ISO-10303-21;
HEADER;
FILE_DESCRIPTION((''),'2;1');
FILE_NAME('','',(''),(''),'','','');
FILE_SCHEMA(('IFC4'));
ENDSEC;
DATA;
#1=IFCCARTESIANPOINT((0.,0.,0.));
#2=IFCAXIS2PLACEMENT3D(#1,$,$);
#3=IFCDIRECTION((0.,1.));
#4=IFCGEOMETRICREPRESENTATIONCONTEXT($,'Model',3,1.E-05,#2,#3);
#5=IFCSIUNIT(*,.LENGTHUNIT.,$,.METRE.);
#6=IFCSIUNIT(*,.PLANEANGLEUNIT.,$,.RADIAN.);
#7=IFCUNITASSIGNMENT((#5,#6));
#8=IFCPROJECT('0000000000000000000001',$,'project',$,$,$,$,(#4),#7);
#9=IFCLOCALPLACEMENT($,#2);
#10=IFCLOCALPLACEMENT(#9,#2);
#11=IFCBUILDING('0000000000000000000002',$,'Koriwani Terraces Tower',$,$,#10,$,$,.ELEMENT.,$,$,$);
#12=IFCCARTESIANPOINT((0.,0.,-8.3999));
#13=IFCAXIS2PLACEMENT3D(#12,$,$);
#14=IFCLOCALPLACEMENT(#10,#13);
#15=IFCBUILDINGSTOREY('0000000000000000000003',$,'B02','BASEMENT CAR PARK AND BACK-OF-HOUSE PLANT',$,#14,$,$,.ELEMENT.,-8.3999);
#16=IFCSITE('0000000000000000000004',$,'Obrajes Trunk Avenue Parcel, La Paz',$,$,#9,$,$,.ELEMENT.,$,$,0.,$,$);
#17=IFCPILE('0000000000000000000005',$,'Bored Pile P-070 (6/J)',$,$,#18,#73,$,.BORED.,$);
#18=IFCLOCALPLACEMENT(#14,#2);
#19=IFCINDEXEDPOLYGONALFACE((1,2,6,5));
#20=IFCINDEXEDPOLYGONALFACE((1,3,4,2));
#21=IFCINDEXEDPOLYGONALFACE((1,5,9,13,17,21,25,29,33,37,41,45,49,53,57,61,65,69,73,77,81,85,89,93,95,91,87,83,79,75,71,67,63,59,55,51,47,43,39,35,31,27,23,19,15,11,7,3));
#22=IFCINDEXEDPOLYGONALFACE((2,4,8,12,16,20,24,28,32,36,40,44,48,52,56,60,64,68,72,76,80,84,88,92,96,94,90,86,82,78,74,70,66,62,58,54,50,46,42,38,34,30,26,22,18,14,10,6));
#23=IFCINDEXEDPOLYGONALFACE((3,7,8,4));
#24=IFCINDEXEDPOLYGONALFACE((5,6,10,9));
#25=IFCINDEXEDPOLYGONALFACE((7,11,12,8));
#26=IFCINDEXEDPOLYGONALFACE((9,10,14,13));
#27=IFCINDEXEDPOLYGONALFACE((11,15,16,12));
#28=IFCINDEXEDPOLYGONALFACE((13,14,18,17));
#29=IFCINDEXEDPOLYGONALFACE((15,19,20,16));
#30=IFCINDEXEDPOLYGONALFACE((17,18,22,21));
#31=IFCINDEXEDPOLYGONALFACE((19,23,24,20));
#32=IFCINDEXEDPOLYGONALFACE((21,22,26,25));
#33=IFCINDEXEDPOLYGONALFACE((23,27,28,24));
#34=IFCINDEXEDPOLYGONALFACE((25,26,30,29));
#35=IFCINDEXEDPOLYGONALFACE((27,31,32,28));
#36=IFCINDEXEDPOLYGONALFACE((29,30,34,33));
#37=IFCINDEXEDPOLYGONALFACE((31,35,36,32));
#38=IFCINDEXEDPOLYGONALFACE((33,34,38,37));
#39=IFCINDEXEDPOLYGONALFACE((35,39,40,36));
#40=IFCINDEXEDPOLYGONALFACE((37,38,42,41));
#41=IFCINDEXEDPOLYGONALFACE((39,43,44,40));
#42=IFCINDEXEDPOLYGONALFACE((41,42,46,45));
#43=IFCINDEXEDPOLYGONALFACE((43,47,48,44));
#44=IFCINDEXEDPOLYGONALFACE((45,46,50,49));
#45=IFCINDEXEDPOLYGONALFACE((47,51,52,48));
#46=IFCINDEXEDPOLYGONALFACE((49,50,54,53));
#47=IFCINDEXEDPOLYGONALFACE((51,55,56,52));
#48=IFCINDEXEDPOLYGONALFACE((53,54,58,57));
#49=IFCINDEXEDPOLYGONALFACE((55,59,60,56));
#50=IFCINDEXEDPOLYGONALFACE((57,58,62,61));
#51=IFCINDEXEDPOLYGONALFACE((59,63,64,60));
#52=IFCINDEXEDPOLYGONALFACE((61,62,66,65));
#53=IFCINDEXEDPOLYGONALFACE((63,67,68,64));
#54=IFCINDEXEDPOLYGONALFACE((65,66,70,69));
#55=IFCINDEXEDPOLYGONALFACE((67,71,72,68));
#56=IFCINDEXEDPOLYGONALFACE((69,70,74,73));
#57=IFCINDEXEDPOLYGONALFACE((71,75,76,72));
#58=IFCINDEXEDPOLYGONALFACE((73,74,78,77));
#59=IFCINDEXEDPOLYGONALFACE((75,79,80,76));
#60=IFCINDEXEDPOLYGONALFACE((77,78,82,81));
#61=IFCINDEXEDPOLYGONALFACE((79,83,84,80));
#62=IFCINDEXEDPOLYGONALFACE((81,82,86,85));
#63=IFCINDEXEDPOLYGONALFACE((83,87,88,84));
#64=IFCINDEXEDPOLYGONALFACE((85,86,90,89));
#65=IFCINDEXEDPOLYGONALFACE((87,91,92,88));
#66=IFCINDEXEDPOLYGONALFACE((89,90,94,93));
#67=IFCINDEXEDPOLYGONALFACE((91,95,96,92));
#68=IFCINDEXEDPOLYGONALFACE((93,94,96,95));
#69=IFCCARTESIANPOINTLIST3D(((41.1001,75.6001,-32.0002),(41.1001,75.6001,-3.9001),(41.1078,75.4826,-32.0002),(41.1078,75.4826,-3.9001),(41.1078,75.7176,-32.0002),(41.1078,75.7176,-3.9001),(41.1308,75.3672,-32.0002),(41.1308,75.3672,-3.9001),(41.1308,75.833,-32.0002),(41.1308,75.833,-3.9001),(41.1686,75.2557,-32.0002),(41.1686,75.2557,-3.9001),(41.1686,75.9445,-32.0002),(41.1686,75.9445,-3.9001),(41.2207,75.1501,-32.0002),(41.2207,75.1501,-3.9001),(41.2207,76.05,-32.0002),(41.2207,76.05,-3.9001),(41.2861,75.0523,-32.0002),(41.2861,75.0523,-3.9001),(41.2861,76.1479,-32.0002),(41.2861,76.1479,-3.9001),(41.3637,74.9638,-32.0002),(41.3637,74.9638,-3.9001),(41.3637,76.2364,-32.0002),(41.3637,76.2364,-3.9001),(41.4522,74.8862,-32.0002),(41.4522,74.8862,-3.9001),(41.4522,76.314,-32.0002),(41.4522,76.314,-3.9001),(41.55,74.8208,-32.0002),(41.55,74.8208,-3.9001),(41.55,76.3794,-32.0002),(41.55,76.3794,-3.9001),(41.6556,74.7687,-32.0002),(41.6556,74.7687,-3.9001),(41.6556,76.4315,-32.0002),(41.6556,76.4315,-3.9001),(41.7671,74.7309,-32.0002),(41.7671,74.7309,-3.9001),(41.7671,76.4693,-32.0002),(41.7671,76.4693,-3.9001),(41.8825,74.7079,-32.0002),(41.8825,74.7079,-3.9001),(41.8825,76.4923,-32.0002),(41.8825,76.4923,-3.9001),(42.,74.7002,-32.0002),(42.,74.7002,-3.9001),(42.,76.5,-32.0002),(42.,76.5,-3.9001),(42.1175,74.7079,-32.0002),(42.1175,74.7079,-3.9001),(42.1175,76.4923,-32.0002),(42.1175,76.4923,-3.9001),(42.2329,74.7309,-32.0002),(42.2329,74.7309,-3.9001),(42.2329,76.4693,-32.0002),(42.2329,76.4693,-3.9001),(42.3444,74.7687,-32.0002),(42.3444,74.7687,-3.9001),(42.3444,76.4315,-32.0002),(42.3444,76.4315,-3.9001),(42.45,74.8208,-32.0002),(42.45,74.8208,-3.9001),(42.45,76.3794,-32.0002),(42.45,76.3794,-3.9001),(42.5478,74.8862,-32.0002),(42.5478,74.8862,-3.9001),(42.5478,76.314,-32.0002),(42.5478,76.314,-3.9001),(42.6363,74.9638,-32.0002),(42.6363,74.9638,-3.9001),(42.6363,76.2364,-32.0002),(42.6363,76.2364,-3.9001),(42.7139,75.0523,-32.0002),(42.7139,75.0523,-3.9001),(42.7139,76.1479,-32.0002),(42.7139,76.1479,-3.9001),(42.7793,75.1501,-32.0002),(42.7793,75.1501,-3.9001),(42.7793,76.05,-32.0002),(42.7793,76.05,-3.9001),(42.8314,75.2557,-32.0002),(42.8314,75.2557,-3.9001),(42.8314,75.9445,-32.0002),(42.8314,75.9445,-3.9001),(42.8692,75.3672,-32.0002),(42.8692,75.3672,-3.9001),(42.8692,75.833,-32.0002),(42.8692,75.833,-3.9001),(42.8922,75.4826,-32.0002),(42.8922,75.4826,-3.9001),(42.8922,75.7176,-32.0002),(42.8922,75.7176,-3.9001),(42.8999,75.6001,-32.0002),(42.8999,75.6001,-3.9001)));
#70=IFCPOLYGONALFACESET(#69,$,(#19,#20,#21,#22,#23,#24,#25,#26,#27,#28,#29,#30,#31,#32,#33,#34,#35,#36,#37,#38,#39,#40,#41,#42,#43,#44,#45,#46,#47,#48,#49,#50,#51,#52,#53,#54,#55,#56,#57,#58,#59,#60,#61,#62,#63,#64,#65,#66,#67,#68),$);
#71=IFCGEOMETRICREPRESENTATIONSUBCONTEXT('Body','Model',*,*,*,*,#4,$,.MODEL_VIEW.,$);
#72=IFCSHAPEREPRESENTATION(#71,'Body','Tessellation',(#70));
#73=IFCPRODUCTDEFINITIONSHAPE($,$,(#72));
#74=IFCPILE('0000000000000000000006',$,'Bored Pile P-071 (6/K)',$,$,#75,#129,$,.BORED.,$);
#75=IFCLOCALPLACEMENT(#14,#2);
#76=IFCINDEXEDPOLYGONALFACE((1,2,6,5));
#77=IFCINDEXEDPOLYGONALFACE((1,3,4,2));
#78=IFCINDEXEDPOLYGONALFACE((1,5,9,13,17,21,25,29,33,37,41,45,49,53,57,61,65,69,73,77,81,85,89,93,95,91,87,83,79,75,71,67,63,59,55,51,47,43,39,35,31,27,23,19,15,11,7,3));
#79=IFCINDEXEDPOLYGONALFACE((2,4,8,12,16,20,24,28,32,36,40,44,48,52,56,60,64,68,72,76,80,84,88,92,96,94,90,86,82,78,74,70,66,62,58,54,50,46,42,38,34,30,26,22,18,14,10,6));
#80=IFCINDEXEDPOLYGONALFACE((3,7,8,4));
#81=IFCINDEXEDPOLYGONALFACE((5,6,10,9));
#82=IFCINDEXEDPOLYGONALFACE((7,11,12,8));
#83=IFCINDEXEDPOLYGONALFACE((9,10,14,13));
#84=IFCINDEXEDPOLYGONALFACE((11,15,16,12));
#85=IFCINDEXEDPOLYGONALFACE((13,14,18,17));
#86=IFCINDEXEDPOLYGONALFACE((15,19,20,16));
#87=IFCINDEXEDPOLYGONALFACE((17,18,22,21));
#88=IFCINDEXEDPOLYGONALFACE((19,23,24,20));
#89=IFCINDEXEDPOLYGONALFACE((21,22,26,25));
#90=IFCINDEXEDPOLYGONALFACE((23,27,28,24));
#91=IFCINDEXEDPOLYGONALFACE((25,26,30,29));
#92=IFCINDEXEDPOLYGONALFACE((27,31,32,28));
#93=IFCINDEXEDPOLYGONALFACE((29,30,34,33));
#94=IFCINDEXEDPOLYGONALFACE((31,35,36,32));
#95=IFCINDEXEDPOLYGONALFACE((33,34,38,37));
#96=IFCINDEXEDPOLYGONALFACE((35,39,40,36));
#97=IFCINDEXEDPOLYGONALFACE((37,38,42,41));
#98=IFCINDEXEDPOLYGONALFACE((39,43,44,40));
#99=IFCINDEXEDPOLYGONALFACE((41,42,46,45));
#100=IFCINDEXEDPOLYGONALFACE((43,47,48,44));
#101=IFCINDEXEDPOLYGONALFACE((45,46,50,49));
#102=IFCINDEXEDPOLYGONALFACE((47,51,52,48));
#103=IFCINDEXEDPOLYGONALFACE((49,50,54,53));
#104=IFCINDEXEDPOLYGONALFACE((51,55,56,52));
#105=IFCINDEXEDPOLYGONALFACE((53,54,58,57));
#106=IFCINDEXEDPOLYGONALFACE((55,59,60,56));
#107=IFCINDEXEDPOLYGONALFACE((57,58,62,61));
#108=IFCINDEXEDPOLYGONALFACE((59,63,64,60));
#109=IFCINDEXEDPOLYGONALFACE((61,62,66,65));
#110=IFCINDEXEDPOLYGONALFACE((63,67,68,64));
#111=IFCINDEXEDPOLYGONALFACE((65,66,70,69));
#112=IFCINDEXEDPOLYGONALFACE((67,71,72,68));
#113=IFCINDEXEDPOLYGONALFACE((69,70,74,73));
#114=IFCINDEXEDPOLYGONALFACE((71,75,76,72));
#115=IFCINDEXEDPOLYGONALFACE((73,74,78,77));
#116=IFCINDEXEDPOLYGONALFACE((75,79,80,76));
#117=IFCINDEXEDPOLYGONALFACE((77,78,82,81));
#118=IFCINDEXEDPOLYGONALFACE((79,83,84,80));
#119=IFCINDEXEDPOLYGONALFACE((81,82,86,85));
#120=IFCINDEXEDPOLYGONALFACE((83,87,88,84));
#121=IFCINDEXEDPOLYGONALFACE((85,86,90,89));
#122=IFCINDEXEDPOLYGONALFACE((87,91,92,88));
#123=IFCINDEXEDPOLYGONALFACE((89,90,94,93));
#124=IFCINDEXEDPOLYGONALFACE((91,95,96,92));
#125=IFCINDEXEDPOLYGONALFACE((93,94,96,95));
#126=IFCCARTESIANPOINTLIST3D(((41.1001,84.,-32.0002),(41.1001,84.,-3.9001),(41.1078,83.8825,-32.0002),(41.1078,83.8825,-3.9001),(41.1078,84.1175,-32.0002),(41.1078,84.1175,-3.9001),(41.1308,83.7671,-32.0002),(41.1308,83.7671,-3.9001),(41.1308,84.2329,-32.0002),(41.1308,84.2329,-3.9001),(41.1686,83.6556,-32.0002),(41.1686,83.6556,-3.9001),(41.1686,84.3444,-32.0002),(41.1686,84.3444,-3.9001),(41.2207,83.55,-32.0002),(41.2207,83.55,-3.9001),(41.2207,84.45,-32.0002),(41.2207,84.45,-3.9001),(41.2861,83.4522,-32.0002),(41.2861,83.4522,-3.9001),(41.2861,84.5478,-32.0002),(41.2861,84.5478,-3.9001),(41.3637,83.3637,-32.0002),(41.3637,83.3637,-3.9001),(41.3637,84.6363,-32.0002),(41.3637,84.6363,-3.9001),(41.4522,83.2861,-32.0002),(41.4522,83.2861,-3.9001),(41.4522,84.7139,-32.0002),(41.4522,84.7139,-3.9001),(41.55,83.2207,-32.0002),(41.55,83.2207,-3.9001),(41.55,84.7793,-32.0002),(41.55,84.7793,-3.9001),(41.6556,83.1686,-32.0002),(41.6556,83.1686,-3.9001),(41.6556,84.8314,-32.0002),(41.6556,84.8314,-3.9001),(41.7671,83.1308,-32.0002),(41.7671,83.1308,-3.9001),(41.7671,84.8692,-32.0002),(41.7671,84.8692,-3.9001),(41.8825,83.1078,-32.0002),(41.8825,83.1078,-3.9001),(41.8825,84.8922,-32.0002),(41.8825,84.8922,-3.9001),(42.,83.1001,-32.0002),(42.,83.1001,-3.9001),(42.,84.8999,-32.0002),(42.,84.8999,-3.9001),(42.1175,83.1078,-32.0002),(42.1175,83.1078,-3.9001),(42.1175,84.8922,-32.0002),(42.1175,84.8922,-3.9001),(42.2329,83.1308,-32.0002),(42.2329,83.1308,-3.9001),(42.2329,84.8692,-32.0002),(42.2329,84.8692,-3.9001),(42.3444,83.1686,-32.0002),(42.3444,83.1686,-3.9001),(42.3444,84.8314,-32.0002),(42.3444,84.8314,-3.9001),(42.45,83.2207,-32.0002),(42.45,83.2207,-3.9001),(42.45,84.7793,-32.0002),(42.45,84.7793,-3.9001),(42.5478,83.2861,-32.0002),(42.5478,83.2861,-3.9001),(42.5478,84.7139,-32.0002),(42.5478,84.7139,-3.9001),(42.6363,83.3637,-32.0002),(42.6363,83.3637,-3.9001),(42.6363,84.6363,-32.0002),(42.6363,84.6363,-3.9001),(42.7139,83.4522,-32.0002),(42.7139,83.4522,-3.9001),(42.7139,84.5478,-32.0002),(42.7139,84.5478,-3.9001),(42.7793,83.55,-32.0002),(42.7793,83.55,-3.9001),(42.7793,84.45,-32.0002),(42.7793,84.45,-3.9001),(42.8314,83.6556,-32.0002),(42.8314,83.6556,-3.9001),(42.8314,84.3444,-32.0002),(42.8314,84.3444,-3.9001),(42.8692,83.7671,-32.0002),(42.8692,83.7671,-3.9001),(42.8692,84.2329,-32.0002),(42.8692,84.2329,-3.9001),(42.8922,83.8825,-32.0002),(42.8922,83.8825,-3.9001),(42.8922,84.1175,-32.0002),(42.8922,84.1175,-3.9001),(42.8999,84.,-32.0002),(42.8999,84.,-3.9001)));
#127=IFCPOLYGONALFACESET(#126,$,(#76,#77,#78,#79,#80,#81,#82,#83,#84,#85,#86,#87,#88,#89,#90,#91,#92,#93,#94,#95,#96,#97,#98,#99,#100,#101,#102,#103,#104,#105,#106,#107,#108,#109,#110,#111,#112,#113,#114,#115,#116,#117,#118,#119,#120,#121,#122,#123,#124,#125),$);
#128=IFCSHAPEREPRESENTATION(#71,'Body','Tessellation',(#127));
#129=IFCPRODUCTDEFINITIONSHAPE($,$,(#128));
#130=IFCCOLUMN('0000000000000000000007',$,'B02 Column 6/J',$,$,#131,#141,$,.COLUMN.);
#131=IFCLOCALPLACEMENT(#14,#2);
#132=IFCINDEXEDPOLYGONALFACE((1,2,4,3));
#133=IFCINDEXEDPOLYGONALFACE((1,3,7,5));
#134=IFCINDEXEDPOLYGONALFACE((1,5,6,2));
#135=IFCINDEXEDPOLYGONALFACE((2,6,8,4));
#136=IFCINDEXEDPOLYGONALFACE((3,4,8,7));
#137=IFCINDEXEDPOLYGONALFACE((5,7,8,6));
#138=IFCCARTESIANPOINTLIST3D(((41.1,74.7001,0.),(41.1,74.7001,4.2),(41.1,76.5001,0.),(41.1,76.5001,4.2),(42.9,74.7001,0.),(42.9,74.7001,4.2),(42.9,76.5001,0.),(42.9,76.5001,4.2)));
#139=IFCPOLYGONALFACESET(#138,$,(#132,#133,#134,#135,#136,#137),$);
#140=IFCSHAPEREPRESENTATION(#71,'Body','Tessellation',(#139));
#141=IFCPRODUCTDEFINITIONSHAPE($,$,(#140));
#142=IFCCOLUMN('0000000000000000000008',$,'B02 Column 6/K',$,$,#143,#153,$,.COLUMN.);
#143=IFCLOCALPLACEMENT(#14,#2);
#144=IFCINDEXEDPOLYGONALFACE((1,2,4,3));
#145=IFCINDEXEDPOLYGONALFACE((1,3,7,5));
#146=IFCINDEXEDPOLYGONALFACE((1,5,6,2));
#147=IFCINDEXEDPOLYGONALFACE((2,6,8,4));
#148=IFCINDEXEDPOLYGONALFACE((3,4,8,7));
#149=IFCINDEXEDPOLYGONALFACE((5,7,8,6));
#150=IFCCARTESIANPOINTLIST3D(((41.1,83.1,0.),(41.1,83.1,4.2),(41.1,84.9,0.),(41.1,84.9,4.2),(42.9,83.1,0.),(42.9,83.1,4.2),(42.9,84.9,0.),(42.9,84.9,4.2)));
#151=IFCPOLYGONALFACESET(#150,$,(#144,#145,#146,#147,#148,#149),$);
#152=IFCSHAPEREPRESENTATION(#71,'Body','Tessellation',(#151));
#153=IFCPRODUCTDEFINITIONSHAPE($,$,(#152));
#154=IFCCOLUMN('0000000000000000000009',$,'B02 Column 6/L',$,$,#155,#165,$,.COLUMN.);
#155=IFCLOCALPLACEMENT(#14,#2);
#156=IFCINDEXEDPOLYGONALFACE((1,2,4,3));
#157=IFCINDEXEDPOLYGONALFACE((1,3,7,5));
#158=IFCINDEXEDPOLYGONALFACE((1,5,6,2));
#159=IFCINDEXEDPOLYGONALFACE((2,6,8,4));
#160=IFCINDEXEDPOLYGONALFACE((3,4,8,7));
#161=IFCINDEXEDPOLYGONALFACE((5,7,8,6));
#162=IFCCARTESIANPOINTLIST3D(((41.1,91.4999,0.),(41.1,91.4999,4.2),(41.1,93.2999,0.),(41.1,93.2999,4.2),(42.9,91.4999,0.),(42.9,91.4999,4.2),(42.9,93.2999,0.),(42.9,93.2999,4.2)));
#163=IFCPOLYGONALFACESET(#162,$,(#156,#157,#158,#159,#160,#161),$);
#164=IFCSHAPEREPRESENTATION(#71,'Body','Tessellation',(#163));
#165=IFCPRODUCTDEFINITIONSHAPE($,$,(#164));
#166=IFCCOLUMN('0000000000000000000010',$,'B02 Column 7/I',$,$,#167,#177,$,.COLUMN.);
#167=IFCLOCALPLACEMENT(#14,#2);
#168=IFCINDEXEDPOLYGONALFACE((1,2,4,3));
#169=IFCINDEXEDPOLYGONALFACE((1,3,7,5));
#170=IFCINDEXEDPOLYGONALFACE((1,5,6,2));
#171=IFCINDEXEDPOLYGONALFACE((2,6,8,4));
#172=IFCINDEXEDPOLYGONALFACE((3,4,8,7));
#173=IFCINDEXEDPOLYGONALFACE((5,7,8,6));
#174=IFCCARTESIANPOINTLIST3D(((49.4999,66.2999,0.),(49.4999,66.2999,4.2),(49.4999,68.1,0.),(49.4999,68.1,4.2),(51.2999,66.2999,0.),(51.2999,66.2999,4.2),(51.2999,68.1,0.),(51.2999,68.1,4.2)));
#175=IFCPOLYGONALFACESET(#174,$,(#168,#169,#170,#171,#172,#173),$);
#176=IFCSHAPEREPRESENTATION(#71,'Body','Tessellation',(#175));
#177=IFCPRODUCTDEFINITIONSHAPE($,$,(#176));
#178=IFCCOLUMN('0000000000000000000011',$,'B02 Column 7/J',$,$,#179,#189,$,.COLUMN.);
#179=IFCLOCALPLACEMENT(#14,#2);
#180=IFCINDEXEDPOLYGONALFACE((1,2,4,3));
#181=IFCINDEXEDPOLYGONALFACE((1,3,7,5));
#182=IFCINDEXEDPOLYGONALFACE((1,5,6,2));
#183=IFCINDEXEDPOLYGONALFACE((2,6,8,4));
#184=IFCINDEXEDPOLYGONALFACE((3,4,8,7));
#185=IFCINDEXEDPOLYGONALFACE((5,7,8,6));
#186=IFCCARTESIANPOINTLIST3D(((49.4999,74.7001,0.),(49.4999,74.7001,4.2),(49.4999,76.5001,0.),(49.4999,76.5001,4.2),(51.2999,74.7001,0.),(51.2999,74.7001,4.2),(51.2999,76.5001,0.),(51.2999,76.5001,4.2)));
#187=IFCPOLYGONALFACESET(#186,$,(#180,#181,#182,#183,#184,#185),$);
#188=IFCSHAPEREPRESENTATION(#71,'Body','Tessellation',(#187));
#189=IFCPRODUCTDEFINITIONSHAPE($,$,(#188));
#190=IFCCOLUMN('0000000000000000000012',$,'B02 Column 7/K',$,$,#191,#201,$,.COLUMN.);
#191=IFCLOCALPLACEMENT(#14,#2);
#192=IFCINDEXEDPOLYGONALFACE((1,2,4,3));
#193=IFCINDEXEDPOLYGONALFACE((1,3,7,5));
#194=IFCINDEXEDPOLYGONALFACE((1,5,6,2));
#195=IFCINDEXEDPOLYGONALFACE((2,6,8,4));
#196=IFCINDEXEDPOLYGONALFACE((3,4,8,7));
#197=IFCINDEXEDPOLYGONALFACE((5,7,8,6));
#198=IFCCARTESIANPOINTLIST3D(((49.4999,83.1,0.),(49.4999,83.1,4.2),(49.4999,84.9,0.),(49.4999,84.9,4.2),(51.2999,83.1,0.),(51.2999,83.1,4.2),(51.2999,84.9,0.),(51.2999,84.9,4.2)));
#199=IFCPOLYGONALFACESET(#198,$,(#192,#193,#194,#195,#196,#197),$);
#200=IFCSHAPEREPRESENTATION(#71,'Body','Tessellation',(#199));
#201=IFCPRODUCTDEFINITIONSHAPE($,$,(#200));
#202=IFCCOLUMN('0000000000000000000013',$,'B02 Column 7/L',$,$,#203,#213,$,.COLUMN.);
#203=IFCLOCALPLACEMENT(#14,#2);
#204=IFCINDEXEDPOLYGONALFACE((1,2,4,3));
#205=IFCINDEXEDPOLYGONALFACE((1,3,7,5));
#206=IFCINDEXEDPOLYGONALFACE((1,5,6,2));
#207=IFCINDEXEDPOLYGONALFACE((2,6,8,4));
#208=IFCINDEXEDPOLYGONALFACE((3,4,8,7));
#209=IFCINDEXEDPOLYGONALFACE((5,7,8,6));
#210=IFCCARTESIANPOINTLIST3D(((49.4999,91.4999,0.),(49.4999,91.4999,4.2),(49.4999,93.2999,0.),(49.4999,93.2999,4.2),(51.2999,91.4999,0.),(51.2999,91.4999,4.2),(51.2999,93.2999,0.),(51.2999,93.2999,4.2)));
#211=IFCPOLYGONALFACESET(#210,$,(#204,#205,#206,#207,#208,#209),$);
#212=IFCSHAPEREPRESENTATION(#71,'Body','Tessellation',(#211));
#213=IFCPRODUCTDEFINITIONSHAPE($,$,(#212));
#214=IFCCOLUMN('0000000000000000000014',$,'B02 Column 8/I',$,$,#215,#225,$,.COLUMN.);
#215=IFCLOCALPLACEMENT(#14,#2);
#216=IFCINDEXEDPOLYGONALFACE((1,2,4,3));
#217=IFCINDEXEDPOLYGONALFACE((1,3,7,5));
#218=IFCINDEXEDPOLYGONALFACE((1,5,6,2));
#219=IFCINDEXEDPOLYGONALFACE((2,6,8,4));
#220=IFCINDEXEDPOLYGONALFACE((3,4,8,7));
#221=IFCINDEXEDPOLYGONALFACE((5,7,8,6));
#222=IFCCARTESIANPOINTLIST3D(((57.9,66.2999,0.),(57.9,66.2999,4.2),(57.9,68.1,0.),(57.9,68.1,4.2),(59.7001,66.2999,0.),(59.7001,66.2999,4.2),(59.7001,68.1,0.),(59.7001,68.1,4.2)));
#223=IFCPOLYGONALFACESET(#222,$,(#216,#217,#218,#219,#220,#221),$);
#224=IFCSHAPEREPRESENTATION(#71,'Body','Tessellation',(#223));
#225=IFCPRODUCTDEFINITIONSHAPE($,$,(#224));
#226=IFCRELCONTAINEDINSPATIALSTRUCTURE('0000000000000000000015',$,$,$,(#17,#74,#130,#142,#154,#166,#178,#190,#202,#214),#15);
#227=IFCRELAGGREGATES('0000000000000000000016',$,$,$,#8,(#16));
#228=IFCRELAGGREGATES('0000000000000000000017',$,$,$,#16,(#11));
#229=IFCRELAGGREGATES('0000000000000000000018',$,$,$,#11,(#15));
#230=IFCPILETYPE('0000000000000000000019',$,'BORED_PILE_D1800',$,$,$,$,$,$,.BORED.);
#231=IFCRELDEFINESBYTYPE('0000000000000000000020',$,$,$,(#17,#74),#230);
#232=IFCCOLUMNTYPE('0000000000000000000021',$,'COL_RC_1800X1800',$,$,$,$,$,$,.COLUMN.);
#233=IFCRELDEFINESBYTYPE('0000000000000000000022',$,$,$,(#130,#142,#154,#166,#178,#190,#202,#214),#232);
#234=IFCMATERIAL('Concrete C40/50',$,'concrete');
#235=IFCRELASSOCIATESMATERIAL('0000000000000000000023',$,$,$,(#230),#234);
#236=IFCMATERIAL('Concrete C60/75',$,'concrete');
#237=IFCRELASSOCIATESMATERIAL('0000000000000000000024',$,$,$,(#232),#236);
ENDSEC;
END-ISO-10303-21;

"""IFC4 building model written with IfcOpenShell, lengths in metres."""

from ifc_helpers import new_model, si_unit, direction, frame, origin, origin_2d, place, context, subcontext, project, spatial, rectangle, circle, extrude, material, material_profile, profile_set, type_object, element, save


model = new_model("IFC4")

# Units and contexts
model_context = context("Model", 3, precision=1e-05, world=origin(), true_north=direction((0.0, 1.0)))
body_context = subcontext(model_context, "Body", "Model", "MODEL_VIEW")
ifc_project = project(units=[si_unit("LENGTHUNIT", "METRE"), si_unit("PLANEANGLEUNIT", "RADIAN")], contexts=[model_context])

# Site, building, storey
site_placement = place(None, origin())
site = spatial("IfcSite", under=ifc_project, at=site_placement, Name="Obrajes Trunk Avenue Parcel, La Paz", CompositionType="ELEMENT", RefElevation=0.0)
building_placement = place(site_placement, origin())
building = spatial("IfcBuilding", under=site, at=building_placement, Name="Koriwani Terraces Tower", CompositionType="ELEMENT")
storey_placement = place(building_placement, frame((0.0, 0.0, -8.3999)))
storey = spatial("IfcBuildingStorey", under=building, at=storey_placement, Name="B02", Description="BASEMENT CAR PARK AND BACK-OF-HOUSE PLANT", CompositionType="ELEMENT", Elevation=-8.3999)

# Piles
ifc_material_1 = material(Name="Concrete C40/50", Category="concrete")
ifc_material_profile_1 = material_profile(ifc_material_1, circle(Radius=0.8999, at=origin_2d()), Name="Concrete C40/50")
ifc_profile_set_1 = profile_set([ifc_material_profile_1], Name="Concrete C40/50")
pile_type_1 = type_object("IfcPileType", Name="BORED_PILE_D1800", PredefinedType="BORED", material=ifc_profile_set_1)
for number, where, z_axis, x_axis, name in (
    (1, (42.0, 75.6001, -3.9001), (0.0, 0.0, -1.0), (1.0, 0.0, 0.0), "Bored Pile P-070 (6/J)"),
    (2, (42.0, 84.0, -3.9001), (0.0, 0.0, -1.0), (1.0, 0.0, 0.0), "Bored Pile P-071 (6/K)"),
):
    element("IfcPile", number, at=place(storey_placement, frame(where, z_axis=z_axis, x_axis=x_axis)), inside=storey, type_object=pile_type_1, Name=name, PredefinedType="BORED", context=body_context, shape_type="SweptSolid", body=[
        extrude(circle(Radius=0.8999, at=origin_2d()), origin(), (0.0, 0.0, 1.0), 28.1001),
    ])

# Columns
ifc_material_2 = material(Name="Concrete C60/75", Category="concrete")
ifc_material_profile_2 = material_profile(ifc_material_2, rectangle(XDim=1.8, YDim=1.8, at=origin_2d()), Name="Concrete C60/75", Category="LoadBearing")
ifc_profile_set_2 = profile_set([ifc_material_profile_2], Name="Concrete C60/75")
column_type = type_object("IfcColumnType", Name="COL_RC_1800X1800", PredefinedType="COLUMN", material=ifc_profile_set_2)
for number, where, z_axis, x_axis, name in (
    (3, (42.0, 75.6001, 0.0), (0.0, 0.0, 1.0), (1.0, 0.0, 0.0), "B02 Column 6/J"),
    (4, (42.0, 84.0, 0.0), (0.0, 0.0, 1.0), (1.0, 0.0, 0.0), "B02 Column 6/K"),
    (5, (42.0, 92.3999, 0.0), (0.0, 0.0, 1.0), (1.0, 0.0, 0.0), "B02 Column 6/L"),
    (6, (50.3999, 67.2, 0.0), (0.0, 0.0, 1.0), (1.0, 0.0, 0.0), "B02 Column 7/I"),
    (7, (50.3999, 75.6001, 0.0), (0.0, 0.0, 1.0), (1.0, 0.0, 0.0), "B02 Column 7/J"),
    (8, (50.3999, 84.0, 0.0), (0.0, 0.0, 1.0), (1.0, 0.0, 0.0), "B02 Column 7/K"),
    (9, (50.3999, 92.3999, 0.0), (0.0, 0.0, 1.0), (1.0, 0.0, 0.0), "B02 Column 7/L"),
    (10, (58.8, 67.2, 0.0), (0.0, 0.0, 1.0), (1.0, 0.0, 0.0), "B02 Column 8/I"),
):
    element("IfcColumn", number, at=place(storey_placement, frame(where, z_axis=z_axis, x_axis=x_axis)), inside=storey, type_object=column_type, Name=name, PredefinedType="COLUMN", context=body_context, shape_type="SweptSolid", body=[
        extrude(rectangle(XDim=1.8, YDim=1.8, at=origin_2d()), origin(), (0.0, 0.0, 1.0), 4.2),
    ])

save(model, "model.ifc")
